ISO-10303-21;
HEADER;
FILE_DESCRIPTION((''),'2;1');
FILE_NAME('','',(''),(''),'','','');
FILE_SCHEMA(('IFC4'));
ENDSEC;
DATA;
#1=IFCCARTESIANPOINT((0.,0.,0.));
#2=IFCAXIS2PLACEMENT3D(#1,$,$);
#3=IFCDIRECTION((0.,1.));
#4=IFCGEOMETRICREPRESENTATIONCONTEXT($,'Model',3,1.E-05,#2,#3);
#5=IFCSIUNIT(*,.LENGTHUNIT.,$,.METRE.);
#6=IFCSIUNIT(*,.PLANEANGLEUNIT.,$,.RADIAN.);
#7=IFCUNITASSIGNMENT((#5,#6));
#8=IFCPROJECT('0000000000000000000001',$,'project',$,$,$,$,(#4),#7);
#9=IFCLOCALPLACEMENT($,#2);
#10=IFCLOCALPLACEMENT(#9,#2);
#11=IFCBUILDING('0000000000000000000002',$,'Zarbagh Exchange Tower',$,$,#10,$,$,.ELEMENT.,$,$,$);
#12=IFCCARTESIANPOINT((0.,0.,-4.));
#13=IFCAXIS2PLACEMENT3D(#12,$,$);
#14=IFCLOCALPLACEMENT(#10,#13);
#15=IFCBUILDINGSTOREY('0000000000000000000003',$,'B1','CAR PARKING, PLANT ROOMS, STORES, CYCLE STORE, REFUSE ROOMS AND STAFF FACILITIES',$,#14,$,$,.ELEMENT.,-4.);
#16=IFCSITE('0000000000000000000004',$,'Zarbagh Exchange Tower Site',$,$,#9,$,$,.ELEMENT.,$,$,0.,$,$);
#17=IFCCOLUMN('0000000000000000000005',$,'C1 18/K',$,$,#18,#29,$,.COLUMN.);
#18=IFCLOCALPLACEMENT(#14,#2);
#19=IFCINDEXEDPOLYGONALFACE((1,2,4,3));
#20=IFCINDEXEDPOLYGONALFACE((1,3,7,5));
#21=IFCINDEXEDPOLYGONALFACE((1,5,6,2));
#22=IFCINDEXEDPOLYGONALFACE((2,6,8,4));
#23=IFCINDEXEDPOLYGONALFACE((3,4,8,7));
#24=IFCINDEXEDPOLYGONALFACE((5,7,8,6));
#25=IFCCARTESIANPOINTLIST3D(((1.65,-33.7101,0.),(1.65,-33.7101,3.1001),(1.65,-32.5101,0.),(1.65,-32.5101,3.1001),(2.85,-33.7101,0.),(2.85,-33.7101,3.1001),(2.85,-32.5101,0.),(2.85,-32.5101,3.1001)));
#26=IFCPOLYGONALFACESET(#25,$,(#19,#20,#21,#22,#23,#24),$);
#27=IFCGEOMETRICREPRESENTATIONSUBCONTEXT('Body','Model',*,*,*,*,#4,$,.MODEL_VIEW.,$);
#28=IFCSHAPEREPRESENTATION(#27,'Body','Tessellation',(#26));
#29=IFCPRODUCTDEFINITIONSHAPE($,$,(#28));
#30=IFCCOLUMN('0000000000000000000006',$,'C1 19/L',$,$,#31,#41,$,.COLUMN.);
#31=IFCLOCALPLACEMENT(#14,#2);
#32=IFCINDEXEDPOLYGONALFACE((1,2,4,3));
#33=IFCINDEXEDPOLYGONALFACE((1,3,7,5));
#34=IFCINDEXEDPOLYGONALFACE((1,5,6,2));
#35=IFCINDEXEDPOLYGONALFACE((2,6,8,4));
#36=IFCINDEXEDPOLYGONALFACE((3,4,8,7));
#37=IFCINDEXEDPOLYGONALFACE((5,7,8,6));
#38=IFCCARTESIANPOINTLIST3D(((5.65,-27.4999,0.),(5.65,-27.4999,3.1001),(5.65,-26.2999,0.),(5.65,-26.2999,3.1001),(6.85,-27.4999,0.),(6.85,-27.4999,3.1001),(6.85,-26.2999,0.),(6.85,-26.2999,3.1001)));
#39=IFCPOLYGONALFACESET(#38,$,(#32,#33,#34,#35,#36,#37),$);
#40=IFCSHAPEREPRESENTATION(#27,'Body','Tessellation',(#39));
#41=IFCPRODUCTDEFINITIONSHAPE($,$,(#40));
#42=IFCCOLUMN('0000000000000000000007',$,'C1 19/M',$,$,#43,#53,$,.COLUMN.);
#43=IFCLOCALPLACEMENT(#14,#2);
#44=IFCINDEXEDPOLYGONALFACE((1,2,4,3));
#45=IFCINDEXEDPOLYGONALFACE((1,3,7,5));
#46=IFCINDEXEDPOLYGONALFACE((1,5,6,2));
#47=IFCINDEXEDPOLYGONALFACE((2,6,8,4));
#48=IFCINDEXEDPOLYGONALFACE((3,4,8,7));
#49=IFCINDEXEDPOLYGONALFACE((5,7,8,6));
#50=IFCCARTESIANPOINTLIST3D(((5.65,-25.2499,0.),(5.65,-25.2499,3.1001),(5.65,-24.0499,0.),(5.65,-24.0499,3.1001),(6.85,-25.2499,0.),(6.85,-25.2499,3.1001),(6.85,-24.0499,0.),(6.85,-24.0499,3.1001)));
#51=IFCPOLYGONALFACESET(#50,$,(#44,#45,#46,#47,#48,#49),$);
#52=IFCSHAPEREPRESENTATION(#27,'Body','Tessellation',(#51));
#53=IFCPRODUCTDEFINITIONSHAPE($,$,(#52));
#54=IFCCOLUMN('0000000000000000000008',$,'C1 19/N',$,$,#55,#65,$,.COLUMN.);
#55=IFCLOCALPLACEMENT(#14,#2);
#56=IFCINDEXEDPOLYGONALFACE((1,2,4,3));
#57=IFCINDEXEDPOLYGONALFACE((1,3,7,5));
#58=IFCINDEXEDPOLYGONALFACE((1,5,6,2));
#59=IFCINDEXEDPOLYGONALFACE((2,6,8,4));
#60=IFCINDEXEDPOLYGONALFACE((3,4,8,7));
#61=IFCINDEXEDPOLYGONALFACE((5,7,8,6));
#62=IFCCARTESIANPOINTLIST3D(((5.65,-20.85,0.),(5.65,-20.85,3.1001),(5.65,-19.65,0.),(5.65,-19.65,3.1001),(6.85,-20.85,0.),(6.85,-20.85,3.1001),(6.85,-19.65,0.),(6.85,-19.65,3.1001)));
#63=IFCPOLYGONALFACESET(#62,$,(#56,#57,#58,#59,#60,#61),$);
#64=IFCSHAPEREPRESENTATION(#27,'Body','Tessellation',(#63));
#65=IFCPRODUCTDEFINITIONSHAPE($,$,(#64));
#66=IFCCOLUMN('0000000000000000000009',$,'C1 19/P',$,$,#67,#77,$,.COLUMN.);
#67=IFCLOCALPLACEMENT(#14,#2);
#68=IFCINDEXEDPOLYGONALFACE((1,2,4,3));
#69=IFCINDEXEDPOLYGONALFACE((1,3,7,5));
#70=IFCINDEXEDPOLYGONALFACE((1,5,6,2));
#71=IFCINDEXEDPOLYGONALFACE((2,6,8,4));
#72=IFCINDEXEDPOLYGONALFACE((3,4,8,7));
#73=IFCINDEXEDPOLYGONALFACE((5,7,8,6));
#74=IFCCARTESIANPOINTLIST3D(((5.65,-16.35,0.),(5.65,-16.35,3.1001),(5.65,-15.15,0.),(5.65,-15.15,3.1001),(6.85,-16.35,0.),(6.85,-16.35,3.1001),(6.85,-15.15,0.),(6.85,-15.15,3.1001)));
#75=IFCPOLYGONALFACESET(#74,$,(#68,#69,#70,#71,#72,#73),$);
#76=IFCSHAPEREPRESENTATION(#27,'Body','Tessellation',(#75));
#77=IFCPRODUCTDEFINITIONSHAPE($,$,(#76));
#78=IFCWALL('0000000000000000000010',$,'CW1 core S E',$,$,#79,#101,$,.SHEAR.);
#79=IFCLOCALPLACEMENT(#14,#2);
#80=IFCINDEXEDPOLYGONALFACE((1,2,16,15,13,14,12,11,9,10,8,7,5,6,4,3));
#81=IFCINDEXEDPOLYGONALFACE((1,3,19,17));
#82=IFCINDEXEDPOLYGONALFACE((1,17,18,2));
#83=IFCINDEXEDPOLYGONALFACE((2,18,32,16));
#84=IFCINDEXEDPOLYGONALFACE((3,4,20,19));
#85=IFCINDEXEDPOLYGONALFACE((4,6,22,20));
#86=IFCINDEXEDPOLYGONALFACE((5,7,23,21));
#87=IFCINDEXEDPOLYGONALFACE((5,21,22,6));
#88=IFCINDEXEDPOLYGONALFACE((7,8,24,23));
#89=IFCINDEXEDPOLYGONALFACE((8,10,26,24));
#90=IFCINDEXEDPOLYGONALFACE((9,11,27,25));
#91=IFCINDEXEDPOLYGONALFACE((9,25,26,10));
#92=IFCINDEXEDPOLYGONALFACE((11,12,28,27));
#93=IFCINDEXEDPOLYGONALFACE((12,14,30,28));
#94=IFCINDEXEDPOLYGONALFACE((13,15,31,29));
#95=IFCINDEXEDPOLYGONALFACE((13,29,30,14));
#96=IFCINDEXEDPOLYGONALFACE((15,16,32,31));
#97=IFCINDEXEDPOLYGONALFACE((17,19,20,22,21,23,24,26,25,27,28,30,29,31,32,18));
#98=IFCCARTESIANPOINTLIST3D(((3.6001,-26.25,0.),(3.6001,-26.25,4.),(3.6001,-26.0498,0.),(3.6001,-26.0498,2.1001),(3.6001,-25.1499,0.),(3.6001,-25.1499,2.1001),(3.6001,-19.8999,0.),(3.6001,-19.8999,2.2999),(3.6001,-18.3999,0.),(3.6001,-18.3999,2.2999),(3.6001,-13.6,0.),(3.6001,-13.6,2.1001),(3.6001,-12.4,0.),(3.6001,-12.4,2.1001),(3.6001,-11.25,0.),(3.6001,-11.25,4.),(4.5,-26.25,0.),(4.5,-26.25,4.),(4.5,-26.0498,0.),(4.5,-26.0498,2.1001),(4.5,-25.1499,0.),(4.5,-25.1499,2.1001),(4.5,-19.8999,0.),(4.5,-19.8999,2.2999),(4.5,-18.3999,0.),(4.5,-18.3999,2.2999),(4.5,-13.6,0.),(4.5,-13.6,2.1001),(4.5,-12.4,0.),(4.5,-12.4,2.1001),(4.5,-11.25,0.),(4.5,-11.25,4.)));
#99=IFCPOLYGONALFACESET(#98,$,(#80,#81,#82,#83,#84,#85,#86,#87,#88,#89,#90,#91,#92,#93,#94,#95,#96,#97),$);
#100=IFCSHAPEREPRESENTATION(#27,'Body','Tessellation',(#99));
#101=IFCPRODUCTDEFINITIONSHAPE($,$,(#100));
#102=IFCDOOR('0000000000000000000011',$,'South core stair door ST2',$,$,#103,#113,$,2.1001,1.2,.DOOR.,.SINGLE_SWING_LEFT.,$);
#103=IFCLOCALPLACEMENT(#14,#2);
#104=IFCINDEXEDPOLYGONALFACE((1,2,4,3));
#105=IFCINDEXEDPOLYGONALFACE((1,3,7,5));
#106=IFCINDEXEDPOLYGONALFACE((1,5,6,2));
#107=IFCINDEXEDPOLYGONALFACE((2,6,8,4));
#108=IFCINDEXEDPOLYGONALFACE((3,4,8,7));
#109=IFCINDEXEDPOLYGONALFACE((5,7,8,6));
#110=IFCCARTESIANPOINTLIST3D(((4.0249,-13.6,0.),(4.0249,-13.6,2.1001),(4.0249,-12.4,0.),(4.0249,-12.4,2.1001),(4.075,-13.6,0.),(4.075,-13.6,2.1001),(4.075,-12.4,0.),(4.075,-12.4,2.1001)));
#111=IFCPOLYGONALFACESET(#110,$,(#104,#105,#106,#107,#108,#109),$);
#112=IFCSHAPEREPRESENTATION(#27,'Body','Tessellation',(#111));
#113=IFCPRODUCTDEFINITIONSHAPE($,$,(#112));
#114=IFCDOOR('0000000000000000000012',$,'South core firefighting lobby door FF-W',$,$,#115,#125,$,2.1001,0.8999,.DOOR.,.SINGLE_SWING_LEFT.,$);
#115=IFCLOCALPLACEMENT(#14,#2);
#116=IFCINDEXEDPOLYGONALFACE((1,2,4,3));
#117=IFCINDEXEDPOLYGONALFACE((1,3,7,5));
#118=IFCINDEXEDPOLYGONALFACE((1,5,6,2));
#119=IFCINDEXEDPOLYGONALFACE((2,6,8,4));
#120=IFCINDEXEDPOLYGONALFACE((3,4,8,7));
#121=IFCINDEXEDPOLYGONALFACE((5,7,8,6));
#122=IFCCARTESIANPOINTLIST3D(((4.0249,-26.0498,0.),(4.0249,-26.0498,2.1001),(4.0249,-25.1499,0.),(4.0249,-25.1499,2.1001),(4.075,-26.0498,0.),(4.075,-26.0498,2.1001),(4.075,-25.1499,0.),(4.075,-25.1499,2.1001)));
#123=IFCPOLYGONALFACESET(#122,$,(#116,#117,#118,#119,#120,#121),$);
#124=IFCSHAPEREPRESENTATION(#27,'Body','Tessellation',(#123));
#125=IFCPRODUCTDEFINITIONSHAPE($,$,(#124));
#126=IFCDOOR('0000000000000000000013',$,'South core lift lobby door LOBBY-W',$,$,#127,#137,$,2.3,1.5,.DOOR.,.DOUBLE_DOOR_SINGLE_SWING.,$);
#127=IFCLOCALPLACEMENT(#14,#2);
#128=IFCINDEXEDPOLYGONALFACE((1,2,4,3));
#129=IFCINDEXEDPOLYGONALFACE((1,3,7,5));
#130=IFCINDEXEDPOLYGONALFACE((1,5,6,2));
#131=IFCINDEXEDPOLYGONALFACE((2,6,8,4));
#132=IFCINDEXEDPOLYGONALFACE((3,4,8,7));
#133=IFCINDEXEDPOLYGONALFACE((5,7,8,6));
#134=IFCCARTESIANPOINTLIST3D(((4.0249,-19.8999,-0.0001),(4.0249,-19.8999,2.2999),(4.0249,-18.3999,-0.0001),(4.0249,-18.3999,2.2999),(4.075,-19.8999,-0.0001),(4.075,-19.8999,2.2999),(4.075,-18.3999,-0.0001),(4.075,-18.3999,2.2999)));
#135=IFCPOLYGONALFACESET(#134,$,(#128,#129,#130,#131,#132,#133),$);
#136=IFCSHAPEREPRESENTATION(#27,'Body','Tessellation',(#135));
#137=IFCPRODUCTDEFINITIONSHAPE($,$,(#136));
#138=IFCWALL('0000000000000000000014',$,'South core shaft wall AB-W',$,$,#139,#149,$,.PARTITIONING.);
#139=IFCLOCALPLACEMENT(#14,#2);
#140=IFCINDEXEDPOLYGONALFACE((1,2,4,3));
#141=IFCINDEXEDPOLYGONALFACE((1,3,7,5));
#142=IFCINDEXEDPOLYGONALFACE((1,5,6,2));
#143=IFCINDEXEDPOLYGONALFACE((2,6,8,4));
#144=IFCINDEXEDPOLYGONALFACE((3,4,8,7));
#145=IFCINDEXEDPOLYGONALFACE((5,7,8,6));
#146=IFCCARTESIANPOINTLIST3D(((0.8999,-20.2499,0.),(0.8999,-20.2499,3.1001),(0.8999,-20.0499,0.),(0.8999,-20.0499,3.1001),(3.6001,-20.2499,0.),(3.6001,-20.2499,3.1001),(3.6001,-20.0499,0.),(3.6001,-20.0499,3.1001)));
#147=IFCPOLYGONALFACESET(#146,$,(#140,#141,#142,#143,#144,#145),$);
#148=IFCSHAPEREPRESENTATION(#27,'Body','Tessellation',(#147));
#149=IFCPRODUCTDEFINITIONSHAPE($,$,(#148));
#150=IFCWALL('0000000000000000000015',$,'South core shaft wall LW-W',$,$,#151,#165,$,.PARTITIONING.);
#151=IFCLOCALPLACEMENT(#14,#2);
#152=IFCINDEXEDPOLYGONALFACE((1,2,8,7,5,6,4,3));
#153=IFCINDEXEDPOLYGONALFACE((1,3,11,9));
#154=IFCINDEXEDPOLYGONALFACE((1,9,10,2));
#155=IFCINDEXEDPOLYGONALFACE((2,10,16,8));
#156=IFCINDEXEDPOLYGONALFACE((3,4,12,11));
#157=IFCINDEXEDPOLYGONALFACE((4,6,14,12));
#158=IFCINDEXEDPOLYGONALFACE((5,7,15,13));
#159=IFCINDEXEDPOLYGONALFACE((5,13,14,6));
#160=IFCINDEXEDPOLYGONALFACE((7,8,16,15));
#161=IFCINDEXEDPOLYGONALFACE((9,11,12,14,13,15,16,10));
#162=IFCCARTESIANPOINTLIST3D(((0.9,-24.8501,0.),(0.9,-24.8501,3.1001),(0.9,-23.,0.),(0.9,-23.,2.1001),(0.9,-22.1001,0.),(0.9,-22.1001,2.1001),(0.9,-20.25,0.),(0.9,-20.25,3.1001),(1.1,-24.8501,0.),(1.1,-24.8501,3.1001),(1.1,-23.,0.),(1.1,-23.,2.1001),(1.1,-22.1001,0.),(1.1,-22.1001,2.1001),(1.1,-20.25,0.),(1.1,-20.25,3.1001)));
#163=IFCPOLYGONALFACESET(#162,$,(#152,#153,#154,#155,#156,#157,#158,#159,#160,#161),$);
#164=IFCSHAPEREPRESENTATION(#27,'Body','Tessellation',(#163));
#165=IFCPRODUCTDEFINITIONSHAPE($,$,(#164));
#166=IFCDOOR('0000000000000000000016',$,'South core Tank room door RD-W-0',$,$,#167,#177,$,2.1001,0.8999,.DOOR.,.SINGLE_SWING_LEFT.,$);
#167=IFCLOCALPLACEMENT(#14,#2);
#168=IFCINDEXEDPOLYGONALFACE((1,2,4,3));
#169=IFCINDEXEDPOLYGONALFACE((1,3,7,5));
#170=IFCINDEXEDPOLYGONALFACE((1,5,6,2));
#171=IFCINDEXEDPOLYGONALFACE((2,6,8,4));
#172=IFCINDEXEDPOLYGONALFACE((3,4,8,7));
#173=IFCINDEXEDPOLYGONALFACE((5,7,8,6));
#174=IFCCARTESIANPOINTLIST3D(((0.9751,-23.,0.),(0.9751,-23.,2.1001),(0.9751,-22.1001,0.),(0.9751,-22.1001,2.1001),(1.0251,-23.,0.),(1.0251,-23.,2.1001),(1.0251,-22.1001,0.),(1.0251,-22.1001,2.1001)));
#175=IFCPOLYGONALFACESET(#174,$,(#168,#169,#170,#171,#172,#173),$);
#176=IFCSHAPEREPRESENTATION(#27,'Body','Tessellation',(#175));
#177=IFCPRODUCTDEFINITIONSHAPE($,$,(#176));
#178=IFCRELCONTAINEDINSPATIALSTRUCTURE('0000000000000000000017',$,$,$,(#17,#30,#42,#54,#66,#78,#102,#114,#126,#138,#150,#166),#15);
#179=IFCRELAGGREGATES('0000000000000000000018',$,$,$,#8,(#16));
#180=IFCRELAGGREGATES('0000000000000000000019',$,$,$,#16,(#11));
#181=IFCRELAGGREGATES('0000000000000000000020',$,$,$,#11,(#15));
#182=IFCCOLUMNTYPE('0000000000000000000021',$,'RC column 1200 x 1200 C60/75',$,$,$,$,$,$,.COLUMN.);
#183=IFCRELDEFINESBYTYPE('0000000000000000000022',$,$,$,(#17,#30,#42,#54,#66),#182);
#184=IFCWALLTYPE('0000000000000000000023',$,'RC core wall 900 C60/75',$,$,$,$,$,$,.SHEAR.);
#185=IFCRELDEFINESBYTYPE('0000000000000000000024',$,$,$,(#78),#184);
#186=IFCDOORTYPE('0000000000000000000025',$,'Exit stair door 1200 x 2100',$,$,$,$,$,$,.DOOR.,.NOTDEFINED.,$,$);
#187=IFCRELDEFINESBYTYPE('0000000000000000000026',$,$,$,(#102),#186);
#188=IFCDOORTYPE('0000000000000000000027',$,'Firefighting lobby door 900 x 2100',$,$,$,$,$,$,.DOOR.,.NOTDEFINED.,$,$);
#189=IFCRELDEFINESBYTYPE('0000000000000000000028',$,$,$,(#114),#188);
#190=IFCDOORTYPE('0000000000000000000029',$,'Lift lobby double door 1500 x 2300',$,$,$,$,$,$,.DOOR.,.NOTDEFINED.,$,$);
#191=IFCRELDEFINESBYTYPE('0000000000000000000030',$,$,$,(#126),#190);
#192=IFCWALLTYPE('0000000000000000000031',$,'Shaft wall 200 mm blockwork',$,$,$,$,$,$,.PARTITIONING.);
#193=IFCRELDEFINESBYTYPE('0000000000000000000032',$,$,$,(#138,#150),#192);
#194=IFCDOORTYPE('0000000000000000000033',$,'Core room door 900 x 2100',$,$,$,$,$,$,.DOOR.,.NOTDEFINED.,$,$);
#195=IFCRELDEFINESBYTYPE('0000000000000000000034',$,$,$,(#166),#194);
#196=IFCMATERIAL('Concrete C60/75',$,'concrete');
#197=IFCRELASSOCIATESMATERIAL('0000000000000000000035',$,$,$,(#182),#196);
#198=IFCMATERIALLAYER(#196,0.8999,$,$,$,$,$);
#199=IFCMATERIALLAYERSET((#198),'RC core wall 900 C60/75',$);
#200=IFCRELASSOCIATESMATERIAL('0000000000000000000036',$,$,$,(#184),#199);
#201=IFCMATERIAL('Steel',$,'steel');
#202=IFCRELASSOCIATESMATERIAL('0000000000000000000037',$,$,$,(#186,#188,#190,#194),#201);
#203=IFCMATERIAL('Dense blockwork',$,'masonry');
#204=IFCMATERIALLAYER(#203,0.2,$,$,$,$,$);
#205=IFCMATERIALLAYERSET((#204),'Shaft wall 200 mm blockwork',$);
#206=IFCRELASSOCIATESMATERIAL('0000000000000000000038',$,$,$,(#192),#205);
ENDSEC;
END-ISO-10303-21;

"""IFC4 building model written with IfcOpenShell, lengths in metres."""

from ifc_helpers import new_model, si_unit, direction, frame, frame_2d, origin, origin_2d, place, context, subcontext, project, spatial, rectangle, extrude, material, layer, layer_set, material_profile, profile_set, type_object, element, fill, save


model = new_model("IFC4")

# Units and contexts
model_context = context("Model", 3, precision=1e-05, world=origin(), true_north=direction((0.0, 1.0)))
body_context = subcontext(model_context, "Body", "Model", "MODEL_VIEW")
ifc_project = project(units=[si_unit("LENGTHUNIT", "METRE"), si_unit("PLANEANGLEUNIT", "RADIAN")], contexts=[model_context])

# Site, building, storey
site_placement = place(None, origin())
site = spatial("IfcSite", under=ifc_project, at=site_placement, Name="Zarbagh Exchange Tower Site", CompositionType="ELEMENT", RefElevation=0.0)
building_placement = place(site_placement, origin())
building = spatial("IfcBuilding", under=site, at=building_placement, Name="Zarbagh Exchange Tower", CompositionType="ELEMENT")
storey_placement = place(building_placement, frame((0.0, 0.0, -4.0)))
storey = spatial("IfcBuildingStorey", under=building, at=storey_placement, Name="B1", Description="CAR PARKING, PLANT ROOMS, STORES, CYCLE STORE, REFUSE ROOMS AND STAFF FACILITIES", CompositionType="ELEMENT", Elevation=-4.0)

# Columns
ifc_material_1 = material(Name="Concrete C60/75", Category="concrete")
ifc_material_profile = material_profile(ifc_material_1, rectangle(XDim=1.2, YDim=1.2, at=origin_2d()), Name="RC column 1200 x 1200 C60/75")
ifc_profile_set = profile_set([ifc_material_profile], Name="Concrete C60/75")
column_type = type_object("IfcColumnType", Name="RC column 1200 x 1200 C60/75", PredefinedType="COLUMN", material=ifc_profile_set)
for number, where, z_axis, x_axis, name in (
    (1, (2.25, -33.1101, 0.0), (0.0, 0.0, 1.0), (1.0, 0.0, 0.0), "C1 18/K"),
    (2, (6.25, -26.8999, 0.0), (0.0, 0.0, 1.0), (1.0, 0.0, 0.0), "C1 19/L"),
    (3, (6.25, -24.6499, 0.0), (0.0, 0.0, 1.0), (1.0, 0.0, 0.0), "C1 19/M"),
    (4, (6.25, -20.25, 0.0), (0.0, 0.0, 1.0), (1.0, 0.0, 0.0), "C1 19/N"),
    (5, (6.25, -15.75, 0.0), (0.0, 0.0, 1.0), (1.0, 0.0, 0.0), "C1 19/P"),
):
    element("IfcColumn", number, at=place(storey_placement, frame(where, z_axis=z_axis, x_axis=x_axis)), inside=storey, type_object=column_type, Name=name, PredefinedType="COLUMN", context=body_context, shape_type="SweptSolid", body=[
        extrude(rectangle(XDim=1.2, YDim=1.2, at=origin_2d()), origin(), (0.0, 0.0, 1.0), 3.1001),
    ])

# Wall, openings, doors
ifc_layer_1 = layer(ifc_material_1, 0.8999)
ifc_layer_set_1 = layer_set([ifc_layer_1], Name="RC core wall 900 C60/75")
wall_type_1 = type_object("IfcWallType", Name="RC core wall 900 C60/75", PredefinedType="SHEAR", material=ifc_layer_set_1)
wall_1_placement = place(storey_placement, frame((4.05, -11.25, 0.0), z_axis=(0.0, 0.0, 1.0), x_axis=(0.0, -1.0, 0.0)))
wall_1 = element("IfcWall", 6, at=wall_1_placement, inside=storey, type_object=wall_type_1, Name="CW1 core S E", PredefinedType="SHEAR", context=body_context, shape_type="SweptSolid", body=[
    extrude(rectangle(XDim=15.0, YDim=0.8999, at=frame_2d((7.5, 0.0))), origin(), (0.0, 0.0, 1.0), 4.0),
])
opening_1_placement = place(wall_1_placement, frame((7.1499, 0.0, 0.0)))
opening_1 = element("IfcOpeningElement", 7, at=opening_1_placement, cuts=wall_1, PredefinedType="OPENING", context=body_context, shape_type="SweptSolid", body=[
    extrude(rectangle(XDim=1.5, YDim=2.3, at=frame_2d((0.75, 1.1499))), frame((0.0, 0.46, 0.0), z_axis=(0.0, -1.0, 0.0), x_axis=(1.0, 0.0, 0.0)), (0.0, 0.0, 1.0), 0.9199),
])
opening_2_placement = place(wall_1_placement, frame((13.8999, 0.0, 0.0)))
opening_2 = element("IfcOpeningElement", 8, at=opening_2_placement, cuts=wall_1, PredefinedType="OPENING", context=body_context, shape_type="SweptSolid", body=[
    extrude(rectangle(XDim=0.8999, YDim=2.1001, at=frame_2d((0.45, 1.05))), frame((0.0, 0.46, 0.0), z_axis=(0.0, -1.0, 0.0), x_axis=(1.0, 0.0, 0.0)), (0.0, 0.0, 1.0), 0.9199),
])
opening_3_placement = place(wall_1_placement, frame((1.1499, 0.0, 0.0)))
opening_3 = element("IfcOpeningElement", 9, at=opening_3_placement, cuts=wall_1, PredefinedType="OPENING", context=body_context, shape_type="SweptSolid", body=[
    extrude(rectangle(XDim=1.2, YDim=2.1001, at=frame_2d((0.6001, 1.05))), frame((0.0, 0.46, 0.0), z_axis=(0.0, -1.0, 0.0), x_axis=(1.0, 0.0, 0.0)), (0.0, 0.0, 1.0), 0.9199),
])
ifc_material_2 = material(Name="Steel", Category="steel")
door_type_1 = type_object("IfcDoorType", Name="Exit stair door 1200 x 2100", OperationType="NOTDEFINED", PredefinedType="DOOR", material=ifc_material_2)
door_1_placement = place(opening_3_placement, origin())
door_1 = element("IfcDoor", 10, at=door_1_placement, inside=storey, type_object=door_type_1, Name="South core stair door ST2", OperationType="SINGLE_SWING_LEFT", OverallHeight=2.1001, OverallWidth=1.2, PredefinedType="DOOR", context=body_context, shape_type="SweptSolid", body=[
    extrude(rectangle(XDim=1.2, YDim=2.1001, at=frame_2d((0.6001, 1.05))), frame((0.0, 0.0249, 0.0), z_axis=(0.0, -1.0, 0.0), x_axis=(1.0, 0.0, 0.0)), (0.0, 0.0, 1.0), 0.05),
])
fill(opening_3, door_1)
door_type_2 = type_object("IfcDoorType", Name="Firefighting lobby door 900 x 2100", OperationType="NOTDEFINED", PredefinedType="DOOR", material=ifc_material_2)
door_2_placement = place(opening_2_placement, origin())
door_2 = element("IfcDoor", 11, at=door_2_placement, inside=storey, type_object=door_type_2, Name="South core firefighting lobby door FF-W", OperationType="SINGLE_SWING_LEFT", OverallHeight=2.1001, OverallWidth=0.8999, PredefinedType="DOOR", context=body_context, shape_type="SweptSolid", body=[
    extrude(rectangle(XDim=0.8999, YDim=2.1001, at=frame_2d((0.45, 1.05))), frame((0.0, 0.0249, 0.0), z_axis=(0.0, -1.0, 0.0), x_axis=(1.0, 0.0, 0.0)), (0.0, 0.0, 1.0), 0.05),
])
fill(opening_2, door_2)
door_type_3 = type_object("IfcDoorType", Name="Lift lobby double door 1500 x 2300", OperationType="NOTDEFINED", PredefinedType="DOOR", material=ifc_material_2)
door_3_placement = place(opening_1_placement, origin())
door_3 = element("IfcDoor", 12, at=door_3_placement, inside=storey, type_object=door_type_3, Name="South core lift lobby door LOBBY-W", OperationType="DOUBLE_DOOR_SINGLE_SWING", OverallHeight=2.3, OverallWidth=1.5, PredefinedType="DOOR", context=body_context, shape_type="SweptSolid", body=[
    extrude(rectangle(XDim=1.5, YDim=2.3, at=frame_2d((0.75, 1.1499))), frame((0.0, 0.0249, 0.0), z_axis=(0.0, -1.0, 0.0), x_axis=(1.0, 0.0, 0.0)), (0.0, 0.0, 1.0), 0.05),
])
fill(opening_1, door_3)

# Wall
ifc_material_3 = material(Name="Dense blockwork", Category="masonry")
ifc_layer_2 = layer(ifc_material_3, 0.2)
ifc_layer_set_2 = layer_set([ifc_layer_2], Name="Shaft wall 200 mm blockwork")
wall_type_2 = type_object("IfcWallType", Name="Shaft wall 200 mm blockwork", PredefinedType="PARTITIONING", material=ifc_layer_set_2)
wall_2_placement = place(storey_placement, frame((3.6001, -20.1499, 0.0), z_axis=(0.0, 0.0, 1.0), x_axis=(-1.0, 0.0, 0.0)))
element("IfcWall", 13, at=wall_2_placement, inside=storey, type_object=wall_type_2, Name="South core shaft wall AB-W", PredefinedType="PARTITIONING", context=body_context, shape_type="SweptSolid", body=[
    extrude(rectangle(XDim=2.7002, YDim=0.2, at=frame_2d((1.3501, 0.0))), origin(), (0.0, 0.0, 1.0), 3.1001),
])

# Wall, opening, door
wall_3_placement = place(storey_placement, frame((1.0, -24.8501, 0.0), z_axis=(0.0, 0.0, 1.0), x_axis=(0.0, 1.0, 0.0)))
wall_3 = element("IfcWall", 14, at=wall_3_placement, inside=storey, type_object=wall_type_2, Name="South core shaft wall LW-W", PredefinedType="PARTITIONING", context=body_context, shape_type="SweptSolid", body=[
    extrude(rectangle(XDim=4.6001, YDim=0.2, at=frame_2d((2.3, 0.0))), origin(), (0.0, 0.0, 1.0), 3.1001),
])
opening_4_placement = place(wall_3_placement, frame((1.8501, 0.0, 0.0)))
opening_4 = element("IfcOpeningElement", 15, at=opening_4_placement, cuts=wall_3, PredefinedType="OPENING", context=body_context, shape_type="SweptSolid", body=[
    extrude(rectangle(XDim=0.8999, YDim=2.1001, at=frame_2d((0.45, 1.05))), frame((0.0, 0.1099, 0.0), z_axis=(0.0, -1.0, 0.0), x_axis=(1.0, 0.0, 0.0)), (0.0, 0.0, 1.0), 0.22),
])
door_type_4 = type_object("IfcDoorType", Name="Core room door 900 x 2100", OperationType="NOTDEFINED", PredefinedType="DOOR", material=ifc_material_2)
door_4_placement = place(opening_4_placement, origin())
door_4 = element("IfcDoor", 16, at=door_4_placement, inside=storey, type_object=door_type_4, Name="South core Tank room door RD-W-0", OperationType="SINGLE_SWING_LEFT", OverallHeight=2.1001, OverallWidth=0.8999, PredefinedType="DOOR", context=body_context, shape_type="SweptSolid", body=[
    extrude(rectangle(XDim=0.8999, YDim=2.1001, at=frame_2d((0.45, 1.05))), frame((0.0, 0.0249, 0.0), z_axis=(0.0, -1.0, 0.0), x_axis=(1.0, 0.0, 0.0)), (0.0, 0.0, 1.0), 0.05),
])
fill(opening_4, door_4)

save(model, "model.ifc")
